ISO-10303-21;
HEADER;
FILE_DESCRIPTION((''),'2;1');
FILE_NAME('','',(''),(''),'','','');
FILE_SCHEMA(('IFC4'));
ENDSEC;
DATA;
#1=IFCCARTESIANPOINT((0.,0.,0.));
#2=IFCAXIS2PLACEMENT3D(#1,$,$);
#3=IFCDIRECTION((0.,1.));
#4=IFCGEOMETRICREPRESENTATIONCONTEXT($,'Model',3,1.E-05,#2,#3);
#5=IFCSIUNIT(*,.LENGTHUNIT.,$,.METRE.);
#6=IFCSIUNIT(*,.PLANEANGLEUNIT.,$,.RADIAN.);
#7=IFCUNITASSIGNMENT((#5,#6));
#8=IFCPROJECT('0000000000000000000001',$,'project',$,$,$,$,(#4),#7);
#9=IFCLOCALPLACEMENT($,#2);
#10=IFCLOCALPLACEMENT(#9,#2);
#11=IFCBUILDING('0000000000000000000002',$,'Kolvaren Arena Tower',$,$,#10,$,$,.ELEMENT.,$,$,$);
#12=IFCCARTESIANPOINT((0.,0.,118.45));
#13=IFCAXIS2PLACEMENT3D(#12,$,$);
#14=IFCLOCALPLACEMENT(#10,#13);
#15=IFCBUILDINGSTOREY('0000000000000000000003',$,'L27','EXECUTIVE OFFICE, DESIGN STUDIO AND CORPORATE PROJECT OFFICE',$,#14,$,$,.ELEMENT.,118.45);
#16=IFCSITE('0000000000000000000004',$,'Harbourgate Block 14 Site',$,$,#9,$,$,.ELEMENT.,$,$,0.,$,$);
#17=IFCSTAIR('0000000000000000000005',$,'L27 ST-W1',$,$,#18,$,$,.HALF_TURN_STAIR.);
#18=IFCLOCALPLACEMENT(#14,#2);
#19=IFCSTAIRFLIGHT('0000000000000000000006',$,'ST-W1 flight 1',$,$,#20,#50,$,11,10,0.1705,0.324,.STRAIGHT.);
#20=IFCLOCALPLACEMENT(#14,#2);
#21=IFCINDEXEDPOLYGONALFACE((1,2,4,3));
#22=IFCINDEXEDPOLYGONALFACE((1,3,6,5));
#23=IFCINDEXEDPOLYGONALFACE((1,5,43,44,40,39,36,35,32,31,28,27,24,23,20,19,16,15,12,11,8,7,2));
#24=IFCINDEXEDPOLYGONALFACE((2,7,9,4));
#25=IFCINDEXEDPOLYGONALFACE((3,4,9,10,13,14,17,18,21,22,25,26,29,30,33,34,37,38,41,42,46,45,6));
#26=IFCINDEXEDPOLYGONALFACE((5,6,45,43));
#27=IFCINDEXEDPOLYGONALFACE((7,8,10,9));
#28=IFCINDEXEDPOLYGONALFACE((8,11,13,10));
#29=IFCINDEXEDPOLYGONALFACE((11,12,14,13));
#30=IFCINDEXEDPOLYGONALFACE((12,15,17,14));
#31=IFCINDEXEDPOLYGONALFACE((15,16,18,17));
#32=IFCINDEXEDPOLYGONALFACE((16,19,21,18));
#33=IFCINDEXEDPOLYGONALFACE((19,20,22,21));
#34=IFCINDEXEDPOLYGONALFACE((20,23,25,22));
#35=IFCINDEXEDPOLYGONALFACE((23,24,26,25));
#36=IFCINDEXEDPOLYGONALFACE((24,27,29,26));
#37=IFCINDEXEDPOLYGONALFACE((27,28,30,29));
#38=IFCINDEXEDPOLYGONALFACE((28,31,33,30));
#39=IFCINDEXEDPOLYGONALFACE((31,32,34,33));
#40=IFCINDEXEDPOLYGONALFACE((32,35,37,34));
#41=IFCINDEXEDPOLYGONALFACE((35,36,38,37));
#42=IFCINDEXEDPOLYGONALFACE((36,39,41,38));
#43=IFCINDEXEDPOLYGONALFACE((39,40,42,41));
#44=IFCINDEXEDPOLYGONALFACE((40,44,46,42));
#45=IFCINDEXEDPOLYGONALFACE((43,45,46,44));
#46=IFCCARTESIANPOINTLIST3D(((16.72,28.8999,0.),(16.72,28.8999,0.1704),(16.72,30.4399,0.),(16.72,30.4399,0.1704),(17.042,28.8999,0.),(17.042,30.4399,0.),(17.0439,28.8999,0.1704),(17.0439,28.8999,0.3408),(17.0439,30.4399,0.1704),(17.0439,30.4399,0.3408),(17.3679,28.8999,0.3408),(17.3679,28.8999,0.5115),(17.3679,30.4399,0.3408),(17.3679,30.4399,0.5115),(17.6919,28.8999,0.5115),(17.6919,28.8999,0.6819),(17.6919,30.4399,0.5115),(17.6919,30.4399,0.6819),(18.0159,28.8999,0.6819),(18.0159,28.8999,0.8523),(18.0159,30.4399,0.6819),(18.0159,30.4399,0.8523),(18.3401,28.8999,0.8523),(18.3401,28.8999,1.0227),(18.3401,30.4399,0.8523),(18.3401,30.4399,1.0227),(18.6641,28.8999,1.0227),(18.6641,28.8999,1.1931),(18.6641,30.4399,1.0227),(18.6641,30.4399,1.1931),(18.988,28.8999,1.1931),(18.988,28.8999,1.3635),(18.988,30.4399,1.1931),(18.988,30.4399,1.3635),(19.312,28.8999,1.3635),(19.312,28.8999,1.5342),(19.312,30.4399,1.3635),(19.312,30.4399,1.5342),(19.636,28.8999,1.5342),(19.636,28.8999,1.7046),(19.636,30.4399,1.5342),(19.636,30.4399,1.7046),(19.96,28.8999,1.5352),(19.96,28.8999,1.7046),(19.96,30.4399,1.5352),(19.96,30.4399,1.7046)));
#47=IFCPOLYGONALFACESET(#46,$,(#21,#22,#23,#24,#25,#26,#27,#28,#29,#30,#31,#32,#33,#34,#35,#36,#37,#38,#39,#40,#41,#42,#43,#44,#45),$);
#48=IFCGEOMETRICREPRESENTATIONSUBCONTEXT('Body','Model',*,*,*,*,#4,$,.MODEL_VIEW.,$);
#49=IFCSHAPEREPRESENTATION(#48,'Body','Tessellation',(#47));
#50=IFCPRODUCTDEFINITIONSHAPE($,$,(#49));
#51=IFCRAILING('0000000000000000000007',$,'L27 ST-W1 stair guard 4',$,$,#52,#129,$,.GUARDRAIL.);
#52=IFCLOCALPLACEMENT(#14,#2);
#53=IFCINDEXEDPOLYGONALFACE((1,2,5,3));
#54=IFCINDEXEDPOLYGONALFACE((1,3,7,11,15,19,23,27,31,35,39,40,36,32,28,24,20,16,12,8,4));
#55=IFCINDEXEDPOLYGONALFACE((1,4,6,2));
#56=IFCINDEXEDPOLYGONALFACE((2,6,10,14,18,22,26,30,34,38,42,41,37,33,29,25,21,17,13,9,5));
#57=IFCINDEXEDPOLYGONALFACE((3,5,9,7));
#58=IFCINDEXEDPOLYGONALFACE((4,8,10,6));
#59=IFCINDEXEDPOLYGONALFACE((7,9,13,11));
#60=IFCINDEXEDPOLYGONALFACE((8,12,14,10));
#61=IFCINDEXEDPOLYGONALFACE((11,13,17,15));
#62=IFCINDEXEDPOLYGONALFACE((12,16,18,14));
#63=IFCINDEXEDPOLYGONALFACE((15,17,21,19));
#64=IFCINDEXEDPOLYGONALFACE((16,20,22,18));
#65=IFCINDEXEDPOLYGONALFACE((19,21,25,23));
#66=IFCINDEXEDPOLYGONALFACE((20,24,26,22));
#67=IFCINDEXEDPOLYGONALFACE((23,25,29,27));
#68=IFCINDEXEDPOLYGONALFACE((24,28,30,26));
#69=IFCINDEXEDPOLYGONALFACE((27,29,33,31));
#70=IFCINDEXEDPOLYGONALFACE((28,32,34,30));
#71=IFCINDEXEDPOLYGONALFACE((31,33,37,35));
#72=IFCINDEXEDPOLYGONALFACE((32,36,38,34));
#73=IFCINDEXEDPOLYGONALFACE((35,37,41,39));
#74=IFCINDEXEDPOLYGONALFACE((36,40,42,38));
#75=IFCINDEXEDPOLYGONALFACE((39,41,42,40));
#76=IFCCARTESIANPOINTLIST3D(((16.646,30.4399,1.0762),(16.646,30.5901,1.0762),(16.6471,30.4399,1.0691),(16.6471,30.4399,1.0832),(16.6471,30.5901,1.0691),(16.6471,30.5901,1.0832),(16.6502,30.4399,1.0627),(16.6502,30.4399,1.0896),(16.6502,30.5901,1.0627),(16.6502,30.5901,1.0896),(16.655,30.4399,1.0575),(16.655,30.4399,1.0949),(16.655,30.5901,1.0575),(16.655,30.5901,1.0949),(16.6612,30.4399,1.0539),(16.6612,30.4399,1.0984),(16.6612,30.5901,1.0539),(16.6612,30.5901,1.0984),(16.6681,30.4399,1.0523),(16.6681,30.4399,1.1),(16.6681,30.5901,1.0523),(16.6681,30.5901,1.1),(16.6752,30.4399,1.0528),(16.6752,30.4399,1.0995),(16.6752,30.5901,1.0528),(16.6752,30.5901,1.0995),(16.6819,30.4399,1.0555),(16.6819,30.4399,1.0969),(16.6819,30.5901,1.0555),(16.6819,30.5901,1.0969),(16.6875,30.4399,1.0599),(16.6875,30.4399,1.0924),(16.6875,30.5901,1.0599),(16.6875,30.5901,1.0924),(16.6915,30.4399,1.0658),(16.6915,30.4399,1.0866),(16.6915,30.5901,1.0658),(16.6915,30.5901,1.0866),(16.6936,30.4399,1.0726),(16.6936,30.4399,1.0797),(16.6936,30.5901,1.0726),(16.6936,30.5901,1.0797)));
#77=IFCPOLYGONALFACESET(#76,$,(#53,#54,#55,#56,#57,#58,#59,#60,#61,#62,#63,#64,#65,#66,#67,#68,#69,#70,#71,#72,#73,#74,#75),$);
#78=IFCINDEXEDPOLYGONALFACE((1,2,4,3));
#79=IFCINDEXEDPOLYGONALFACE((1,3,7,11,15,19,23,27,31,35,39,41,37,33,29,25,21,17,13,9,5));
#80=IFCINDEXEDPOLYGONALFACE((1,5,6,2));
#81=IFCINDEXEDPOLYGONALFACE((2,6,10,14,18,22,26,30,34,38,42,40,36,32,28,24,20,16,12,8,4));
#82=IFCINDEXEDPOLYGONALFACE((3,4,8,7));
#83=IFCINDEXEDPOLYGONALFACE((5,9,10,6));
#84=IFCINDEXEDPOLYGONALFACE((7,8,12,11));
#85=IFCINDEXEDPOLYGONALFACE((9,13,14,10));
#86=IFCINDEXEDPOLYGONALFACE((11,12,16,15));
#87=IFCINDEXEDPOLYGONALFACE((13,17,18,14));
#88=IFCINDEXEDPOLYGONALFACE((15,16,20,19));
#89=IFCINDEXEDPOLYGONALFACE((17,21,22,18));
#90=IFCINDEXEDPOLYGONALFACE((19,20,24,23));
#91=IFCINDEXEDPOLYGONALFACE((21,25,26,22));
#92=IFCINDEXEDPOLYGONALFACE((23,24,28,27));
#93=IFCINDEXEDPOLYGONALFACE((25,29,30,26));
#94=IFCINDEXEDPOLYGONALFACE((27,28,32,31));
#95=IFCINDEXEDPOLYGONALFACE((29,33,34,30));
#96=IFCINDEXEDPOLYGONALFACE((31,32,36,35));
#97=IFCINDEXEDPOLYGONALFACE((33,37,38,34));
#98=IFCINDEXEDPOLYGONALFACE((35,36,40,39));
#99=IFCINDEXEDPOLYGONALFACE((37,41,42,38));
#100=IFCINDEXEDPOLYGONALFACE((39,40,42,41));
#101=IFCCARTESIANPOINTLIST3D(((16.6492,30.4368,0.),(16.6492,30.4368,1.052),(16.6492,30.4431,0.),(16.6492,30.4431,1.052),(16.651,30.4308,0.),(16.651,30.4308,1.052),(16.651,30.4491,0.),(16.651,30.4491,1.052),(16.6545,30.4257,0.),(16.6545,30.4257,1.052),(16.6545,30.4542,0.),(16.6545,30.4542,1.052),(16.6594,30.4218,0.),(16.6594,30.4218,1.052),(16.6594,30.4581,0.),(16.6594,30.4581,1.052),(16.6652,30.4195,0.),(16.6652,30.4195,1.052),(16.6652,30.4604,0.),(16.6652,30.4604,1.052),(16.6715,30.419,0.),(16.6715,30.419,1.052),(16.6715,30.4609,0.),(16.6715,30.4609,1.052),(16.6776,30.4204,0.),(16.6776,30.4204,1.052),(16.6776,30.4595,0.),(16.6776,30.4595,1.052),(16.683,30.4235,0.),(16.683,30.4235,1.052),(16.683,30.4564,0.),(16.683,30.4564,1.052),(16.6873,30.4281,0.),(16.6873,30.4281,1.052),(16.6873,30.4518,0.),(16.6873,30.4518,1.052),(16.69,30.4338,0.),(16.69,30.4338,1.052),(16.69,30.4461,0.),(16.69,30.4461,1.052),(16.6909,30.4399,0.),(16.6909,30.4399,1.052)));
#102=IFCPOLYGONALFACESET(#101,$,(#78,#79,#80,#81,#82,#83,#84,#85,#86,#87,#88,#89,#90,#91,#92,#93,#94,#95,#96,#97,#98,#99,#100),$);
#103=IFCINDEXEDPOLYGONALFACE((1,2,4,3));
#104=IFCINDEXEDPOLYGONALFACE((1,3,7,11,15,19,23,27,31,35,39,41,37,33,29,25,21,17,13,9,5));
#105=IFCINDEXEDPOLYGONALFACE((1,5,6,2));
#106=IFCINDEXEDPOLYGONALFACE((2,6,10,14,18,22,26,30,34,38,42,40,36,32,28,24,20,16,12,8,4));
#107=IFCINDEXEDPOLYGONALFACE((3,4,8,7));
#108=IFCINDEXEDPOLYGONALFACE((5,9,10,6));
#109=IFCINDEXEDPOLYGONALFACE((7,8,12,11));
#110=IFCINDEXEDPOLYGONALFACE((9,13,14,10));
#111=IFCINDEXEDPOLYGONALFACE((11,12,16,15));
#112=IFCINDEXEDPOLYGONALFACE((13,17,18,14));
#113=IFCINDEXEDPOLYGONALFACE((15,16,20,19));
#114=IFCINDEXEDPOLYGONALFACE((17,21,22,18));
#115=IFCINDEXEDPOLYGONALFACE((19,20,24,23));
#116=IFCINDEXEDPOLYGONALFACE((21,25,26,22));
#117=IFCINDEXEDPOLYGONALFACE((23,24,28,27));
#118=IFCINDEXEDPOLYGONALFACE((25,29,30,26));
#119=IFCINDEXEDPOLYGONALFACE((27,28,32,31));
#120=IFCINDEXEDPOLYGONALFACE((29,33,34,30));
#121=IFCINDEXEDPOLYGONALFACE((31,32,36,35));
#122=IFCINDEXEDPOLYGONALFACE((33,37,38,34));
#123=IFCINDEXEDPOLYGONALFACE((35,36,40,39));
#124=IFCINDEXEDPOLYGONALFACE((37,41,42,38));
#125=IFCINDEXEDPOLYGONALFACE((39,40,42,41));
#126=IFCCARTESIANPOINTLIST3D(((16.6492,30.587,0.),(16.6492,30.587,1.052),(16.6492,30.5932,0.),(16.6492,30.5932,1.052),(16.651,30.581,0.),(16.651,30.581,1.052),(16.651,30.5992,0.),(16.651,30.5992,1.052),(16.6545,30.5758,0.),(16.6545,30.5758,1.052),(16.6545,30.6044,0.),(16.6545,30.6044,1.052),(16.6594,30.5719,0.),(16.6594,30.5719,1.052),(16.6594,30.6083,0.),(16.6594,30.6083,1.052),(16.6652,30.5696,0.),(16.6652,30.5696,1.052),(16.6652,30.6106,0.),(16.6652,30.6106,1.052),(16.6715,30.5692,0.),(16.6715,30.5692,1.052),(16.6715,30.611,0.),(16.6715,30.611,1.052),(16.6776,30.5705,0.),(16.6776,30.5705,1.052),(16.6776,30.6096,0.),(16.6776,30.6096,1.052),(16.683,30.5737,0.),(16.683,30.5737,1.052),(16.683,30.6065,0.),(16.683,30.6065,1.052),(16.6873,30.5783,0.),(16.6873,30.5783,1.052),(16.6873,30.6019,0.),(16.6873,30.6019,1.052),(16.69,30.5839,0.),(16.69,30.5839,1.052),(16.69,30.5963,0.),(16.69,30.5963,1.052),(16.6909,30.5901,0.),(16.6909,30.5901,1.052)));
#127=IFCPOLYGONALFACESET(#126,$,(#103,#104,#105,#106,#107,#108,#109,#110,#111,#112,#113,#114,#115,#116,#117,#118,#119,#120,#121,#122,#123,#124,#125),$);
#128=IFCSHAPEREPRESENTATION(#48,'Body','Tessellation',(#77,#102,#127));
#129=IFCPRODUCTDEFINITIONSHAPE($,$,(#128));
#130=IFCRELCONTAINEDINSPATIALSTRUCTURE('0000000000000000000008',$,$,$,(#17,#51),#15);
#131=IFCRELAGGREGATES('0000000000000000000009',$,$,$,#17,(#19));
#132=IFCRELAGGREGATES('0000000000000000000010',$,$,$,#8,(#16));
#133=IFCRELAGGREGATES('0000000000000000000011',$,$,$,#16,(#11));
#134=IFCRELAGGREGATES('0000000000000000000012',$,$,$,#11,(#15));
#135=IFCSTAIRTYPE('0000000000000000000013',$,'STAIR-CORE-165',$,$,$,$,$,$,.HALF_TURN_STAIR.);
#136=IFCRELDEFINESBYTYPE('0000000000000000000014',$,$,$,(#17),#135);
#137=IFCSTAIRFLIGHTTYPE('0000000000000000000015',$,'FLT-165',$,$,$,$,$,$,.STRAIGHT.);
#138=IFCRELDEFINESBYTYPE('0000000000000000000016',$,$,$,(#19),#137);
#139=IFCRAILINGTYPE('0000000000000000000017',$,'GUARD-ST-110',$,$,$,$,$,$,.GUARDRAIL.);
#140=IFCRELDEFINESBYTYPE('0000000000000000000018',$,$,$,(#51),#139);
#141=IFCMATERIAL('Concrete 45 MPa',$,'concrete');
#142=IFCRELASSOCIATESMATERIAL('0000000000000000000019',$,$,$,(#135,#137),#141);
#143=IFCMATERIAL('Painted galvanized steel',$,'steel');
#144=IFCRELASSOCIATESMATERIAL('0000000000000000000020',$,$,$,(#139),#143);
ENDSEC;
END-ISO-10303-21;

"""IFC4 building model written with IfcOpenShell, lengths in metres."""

from ifc_helpers import new_model, si_unit, direction, frame, origin, origin_2d, place, context, subcontext, project, spatial, polyline, circle, outline, extrude, material, type_object, element, aggregate, save


model = new_model("IFC4")

# Units and contexts
model_context = context("Model", 3, precision=1e-05, world=origin(), true_north=direction((0.0, 1.0)))
body_context = subcontext(model_context, "Body", "Model", "MODEL_VIEW")
ifc_project = project(units=[si_unit("LENGTHUNIT", "METRE"), si_unit("PLANEANGLEUNIT", "RADIAN")], contexts=[model_context])

# Site, building, storey
site_placement = place(None, origin())
site = spatial("IfcSite", under=ifc_project, at=site_placement, Name="Harbourgate Block 14 Site", CompositionType="ELEMENT", RefElevation=0.0)
building_placement = place(site_placement, origin())
building = spatial("IfcBuilding", under=site, at=building_placement, Name="Kolvaren Arena Tower", CompositionType="ELEMENT")
storey_placement = place(building_placement, frame((0.0, 0.0, 118.45)))
storey = spatial("IfcBuildingStorey", under=building, at=storey_placement, Name="L27", Description="EXECUTIVE OFFICE, DESIGN STUDIO AND CORPORATE PROJECT OFFICE", CompositionType="ELEMENT", Elevation=118.45)

# Shared definitions
ifc_material_1 = material(Name="Concrete 45 MPa", Category="concrete")

# Stair, stair flight
stair_type = type_object("IfcStairType", Name="STAIR-CORE-165", PredefinedType="HALF_TURN_STAIR", material=ifc_material_1)
stair_placement = place(storey_placement, origin())
stair = element("IfcStair", 1, at=stair_placement, inside=storey, type_object=stair_type, Name="L27 ST-W1", PredefinedType="HALF_TURN_STAIR")
stair_flight_type = type_object("IfcStairFlightType", Name="FLT-165", PredefinedType="STRAIGHT", material=ifc_material_1)
stair_flight_placement = place(storey_placement, frame((16.72, 29.6699, 0.0), z_axis=(0.0, 0.0, 1.0), x_axis=(1.0, 0.0, 0.0)))
stair_flight = element("IfcStairFlight", 2, at=stair_flight_placement, type_object=stair_flight_type, Name="ST-W1 flight 1", NumberOfRisers=11, NumberOfTreads=10, PredefinedType="STRAIGHT", RiserHeight=0.1705, TreadLength=0.324, context=body_context, shape_type="SweptSolid", body=[
    extrude(outline(polyline([(0.0, 0.0), (0.0, 0.1704), (0.324, 0.1704), (0.324, 0.3408), (0.6479, 0.3408), (0.6479, 0.5115), (0.9719, 0.5115), (0.9719, 0.6819), (1.2959, 0.6819), (1.2959, 0.8523), (1.6201, 0.8523), (1.6201, 1.0227), (1.9441, 1.0227), (1.9441, 1.1931), (2.2681, 1.1931), (2.2681, 1.3635), (2.592, 1.3635), (2.592, 1.5342), (2.916, 1.5342), (2.916, 1.7046), (3.24, 1.7046), (3.24, 1.875), (3.24, 1.5352), (0.322, 0.0), (0.0, 0.0)])), frame((0.0, 0.77, 0.0), z_axis=(0.0, -1.0, 0.0), x_axis=(1.0, 0.0, 0.0)), (0.0, 0.0, 1.0), 1.54),
])
aggregate(stair, [stair_flight])

# Railing
ifc_material_2 = material(Name="Painted galvanized steel", Category="steel")
railing_type_1 = type_object("IfcRailingType", Name="GUARD-ST-110", PredefinedType="GUARDRAIL", material=ifc_material_2)
railing_1_placement = place(storey_placement, frame((16.6699, 30.4399, 0.0)))
element("IfcRailing", 3, at=railing_1_placement, inside=storey, type_object=railing_type_1, Name="L27 ST-W1 stair guard 4", PredefinedType="GUARDRAIL", context=body_context, shape_type="SweptSolid", body=[
    extrude(circle(Radius=0.0239, at=origin_2d()), frame((0.0, 0.0, 1.0762), z_axis=(0.0, 1.0, 0.0), x_axis=(-1.0, 0.0, 0.0)), (0.0, 0.0, 1.0), 0.1501),
    extrude(circle(Radius=0.021, at=origin_2d()), origin(), (0.0, 0.0, 1.0), 1.052),
    extrude(circle(Radius=0.021, at=origin_2d()), frame((0.0, 0.1501, 0.0)), (0.0, 0.0, 1.0), 1.052),
])

save(model, "model.ifc")
